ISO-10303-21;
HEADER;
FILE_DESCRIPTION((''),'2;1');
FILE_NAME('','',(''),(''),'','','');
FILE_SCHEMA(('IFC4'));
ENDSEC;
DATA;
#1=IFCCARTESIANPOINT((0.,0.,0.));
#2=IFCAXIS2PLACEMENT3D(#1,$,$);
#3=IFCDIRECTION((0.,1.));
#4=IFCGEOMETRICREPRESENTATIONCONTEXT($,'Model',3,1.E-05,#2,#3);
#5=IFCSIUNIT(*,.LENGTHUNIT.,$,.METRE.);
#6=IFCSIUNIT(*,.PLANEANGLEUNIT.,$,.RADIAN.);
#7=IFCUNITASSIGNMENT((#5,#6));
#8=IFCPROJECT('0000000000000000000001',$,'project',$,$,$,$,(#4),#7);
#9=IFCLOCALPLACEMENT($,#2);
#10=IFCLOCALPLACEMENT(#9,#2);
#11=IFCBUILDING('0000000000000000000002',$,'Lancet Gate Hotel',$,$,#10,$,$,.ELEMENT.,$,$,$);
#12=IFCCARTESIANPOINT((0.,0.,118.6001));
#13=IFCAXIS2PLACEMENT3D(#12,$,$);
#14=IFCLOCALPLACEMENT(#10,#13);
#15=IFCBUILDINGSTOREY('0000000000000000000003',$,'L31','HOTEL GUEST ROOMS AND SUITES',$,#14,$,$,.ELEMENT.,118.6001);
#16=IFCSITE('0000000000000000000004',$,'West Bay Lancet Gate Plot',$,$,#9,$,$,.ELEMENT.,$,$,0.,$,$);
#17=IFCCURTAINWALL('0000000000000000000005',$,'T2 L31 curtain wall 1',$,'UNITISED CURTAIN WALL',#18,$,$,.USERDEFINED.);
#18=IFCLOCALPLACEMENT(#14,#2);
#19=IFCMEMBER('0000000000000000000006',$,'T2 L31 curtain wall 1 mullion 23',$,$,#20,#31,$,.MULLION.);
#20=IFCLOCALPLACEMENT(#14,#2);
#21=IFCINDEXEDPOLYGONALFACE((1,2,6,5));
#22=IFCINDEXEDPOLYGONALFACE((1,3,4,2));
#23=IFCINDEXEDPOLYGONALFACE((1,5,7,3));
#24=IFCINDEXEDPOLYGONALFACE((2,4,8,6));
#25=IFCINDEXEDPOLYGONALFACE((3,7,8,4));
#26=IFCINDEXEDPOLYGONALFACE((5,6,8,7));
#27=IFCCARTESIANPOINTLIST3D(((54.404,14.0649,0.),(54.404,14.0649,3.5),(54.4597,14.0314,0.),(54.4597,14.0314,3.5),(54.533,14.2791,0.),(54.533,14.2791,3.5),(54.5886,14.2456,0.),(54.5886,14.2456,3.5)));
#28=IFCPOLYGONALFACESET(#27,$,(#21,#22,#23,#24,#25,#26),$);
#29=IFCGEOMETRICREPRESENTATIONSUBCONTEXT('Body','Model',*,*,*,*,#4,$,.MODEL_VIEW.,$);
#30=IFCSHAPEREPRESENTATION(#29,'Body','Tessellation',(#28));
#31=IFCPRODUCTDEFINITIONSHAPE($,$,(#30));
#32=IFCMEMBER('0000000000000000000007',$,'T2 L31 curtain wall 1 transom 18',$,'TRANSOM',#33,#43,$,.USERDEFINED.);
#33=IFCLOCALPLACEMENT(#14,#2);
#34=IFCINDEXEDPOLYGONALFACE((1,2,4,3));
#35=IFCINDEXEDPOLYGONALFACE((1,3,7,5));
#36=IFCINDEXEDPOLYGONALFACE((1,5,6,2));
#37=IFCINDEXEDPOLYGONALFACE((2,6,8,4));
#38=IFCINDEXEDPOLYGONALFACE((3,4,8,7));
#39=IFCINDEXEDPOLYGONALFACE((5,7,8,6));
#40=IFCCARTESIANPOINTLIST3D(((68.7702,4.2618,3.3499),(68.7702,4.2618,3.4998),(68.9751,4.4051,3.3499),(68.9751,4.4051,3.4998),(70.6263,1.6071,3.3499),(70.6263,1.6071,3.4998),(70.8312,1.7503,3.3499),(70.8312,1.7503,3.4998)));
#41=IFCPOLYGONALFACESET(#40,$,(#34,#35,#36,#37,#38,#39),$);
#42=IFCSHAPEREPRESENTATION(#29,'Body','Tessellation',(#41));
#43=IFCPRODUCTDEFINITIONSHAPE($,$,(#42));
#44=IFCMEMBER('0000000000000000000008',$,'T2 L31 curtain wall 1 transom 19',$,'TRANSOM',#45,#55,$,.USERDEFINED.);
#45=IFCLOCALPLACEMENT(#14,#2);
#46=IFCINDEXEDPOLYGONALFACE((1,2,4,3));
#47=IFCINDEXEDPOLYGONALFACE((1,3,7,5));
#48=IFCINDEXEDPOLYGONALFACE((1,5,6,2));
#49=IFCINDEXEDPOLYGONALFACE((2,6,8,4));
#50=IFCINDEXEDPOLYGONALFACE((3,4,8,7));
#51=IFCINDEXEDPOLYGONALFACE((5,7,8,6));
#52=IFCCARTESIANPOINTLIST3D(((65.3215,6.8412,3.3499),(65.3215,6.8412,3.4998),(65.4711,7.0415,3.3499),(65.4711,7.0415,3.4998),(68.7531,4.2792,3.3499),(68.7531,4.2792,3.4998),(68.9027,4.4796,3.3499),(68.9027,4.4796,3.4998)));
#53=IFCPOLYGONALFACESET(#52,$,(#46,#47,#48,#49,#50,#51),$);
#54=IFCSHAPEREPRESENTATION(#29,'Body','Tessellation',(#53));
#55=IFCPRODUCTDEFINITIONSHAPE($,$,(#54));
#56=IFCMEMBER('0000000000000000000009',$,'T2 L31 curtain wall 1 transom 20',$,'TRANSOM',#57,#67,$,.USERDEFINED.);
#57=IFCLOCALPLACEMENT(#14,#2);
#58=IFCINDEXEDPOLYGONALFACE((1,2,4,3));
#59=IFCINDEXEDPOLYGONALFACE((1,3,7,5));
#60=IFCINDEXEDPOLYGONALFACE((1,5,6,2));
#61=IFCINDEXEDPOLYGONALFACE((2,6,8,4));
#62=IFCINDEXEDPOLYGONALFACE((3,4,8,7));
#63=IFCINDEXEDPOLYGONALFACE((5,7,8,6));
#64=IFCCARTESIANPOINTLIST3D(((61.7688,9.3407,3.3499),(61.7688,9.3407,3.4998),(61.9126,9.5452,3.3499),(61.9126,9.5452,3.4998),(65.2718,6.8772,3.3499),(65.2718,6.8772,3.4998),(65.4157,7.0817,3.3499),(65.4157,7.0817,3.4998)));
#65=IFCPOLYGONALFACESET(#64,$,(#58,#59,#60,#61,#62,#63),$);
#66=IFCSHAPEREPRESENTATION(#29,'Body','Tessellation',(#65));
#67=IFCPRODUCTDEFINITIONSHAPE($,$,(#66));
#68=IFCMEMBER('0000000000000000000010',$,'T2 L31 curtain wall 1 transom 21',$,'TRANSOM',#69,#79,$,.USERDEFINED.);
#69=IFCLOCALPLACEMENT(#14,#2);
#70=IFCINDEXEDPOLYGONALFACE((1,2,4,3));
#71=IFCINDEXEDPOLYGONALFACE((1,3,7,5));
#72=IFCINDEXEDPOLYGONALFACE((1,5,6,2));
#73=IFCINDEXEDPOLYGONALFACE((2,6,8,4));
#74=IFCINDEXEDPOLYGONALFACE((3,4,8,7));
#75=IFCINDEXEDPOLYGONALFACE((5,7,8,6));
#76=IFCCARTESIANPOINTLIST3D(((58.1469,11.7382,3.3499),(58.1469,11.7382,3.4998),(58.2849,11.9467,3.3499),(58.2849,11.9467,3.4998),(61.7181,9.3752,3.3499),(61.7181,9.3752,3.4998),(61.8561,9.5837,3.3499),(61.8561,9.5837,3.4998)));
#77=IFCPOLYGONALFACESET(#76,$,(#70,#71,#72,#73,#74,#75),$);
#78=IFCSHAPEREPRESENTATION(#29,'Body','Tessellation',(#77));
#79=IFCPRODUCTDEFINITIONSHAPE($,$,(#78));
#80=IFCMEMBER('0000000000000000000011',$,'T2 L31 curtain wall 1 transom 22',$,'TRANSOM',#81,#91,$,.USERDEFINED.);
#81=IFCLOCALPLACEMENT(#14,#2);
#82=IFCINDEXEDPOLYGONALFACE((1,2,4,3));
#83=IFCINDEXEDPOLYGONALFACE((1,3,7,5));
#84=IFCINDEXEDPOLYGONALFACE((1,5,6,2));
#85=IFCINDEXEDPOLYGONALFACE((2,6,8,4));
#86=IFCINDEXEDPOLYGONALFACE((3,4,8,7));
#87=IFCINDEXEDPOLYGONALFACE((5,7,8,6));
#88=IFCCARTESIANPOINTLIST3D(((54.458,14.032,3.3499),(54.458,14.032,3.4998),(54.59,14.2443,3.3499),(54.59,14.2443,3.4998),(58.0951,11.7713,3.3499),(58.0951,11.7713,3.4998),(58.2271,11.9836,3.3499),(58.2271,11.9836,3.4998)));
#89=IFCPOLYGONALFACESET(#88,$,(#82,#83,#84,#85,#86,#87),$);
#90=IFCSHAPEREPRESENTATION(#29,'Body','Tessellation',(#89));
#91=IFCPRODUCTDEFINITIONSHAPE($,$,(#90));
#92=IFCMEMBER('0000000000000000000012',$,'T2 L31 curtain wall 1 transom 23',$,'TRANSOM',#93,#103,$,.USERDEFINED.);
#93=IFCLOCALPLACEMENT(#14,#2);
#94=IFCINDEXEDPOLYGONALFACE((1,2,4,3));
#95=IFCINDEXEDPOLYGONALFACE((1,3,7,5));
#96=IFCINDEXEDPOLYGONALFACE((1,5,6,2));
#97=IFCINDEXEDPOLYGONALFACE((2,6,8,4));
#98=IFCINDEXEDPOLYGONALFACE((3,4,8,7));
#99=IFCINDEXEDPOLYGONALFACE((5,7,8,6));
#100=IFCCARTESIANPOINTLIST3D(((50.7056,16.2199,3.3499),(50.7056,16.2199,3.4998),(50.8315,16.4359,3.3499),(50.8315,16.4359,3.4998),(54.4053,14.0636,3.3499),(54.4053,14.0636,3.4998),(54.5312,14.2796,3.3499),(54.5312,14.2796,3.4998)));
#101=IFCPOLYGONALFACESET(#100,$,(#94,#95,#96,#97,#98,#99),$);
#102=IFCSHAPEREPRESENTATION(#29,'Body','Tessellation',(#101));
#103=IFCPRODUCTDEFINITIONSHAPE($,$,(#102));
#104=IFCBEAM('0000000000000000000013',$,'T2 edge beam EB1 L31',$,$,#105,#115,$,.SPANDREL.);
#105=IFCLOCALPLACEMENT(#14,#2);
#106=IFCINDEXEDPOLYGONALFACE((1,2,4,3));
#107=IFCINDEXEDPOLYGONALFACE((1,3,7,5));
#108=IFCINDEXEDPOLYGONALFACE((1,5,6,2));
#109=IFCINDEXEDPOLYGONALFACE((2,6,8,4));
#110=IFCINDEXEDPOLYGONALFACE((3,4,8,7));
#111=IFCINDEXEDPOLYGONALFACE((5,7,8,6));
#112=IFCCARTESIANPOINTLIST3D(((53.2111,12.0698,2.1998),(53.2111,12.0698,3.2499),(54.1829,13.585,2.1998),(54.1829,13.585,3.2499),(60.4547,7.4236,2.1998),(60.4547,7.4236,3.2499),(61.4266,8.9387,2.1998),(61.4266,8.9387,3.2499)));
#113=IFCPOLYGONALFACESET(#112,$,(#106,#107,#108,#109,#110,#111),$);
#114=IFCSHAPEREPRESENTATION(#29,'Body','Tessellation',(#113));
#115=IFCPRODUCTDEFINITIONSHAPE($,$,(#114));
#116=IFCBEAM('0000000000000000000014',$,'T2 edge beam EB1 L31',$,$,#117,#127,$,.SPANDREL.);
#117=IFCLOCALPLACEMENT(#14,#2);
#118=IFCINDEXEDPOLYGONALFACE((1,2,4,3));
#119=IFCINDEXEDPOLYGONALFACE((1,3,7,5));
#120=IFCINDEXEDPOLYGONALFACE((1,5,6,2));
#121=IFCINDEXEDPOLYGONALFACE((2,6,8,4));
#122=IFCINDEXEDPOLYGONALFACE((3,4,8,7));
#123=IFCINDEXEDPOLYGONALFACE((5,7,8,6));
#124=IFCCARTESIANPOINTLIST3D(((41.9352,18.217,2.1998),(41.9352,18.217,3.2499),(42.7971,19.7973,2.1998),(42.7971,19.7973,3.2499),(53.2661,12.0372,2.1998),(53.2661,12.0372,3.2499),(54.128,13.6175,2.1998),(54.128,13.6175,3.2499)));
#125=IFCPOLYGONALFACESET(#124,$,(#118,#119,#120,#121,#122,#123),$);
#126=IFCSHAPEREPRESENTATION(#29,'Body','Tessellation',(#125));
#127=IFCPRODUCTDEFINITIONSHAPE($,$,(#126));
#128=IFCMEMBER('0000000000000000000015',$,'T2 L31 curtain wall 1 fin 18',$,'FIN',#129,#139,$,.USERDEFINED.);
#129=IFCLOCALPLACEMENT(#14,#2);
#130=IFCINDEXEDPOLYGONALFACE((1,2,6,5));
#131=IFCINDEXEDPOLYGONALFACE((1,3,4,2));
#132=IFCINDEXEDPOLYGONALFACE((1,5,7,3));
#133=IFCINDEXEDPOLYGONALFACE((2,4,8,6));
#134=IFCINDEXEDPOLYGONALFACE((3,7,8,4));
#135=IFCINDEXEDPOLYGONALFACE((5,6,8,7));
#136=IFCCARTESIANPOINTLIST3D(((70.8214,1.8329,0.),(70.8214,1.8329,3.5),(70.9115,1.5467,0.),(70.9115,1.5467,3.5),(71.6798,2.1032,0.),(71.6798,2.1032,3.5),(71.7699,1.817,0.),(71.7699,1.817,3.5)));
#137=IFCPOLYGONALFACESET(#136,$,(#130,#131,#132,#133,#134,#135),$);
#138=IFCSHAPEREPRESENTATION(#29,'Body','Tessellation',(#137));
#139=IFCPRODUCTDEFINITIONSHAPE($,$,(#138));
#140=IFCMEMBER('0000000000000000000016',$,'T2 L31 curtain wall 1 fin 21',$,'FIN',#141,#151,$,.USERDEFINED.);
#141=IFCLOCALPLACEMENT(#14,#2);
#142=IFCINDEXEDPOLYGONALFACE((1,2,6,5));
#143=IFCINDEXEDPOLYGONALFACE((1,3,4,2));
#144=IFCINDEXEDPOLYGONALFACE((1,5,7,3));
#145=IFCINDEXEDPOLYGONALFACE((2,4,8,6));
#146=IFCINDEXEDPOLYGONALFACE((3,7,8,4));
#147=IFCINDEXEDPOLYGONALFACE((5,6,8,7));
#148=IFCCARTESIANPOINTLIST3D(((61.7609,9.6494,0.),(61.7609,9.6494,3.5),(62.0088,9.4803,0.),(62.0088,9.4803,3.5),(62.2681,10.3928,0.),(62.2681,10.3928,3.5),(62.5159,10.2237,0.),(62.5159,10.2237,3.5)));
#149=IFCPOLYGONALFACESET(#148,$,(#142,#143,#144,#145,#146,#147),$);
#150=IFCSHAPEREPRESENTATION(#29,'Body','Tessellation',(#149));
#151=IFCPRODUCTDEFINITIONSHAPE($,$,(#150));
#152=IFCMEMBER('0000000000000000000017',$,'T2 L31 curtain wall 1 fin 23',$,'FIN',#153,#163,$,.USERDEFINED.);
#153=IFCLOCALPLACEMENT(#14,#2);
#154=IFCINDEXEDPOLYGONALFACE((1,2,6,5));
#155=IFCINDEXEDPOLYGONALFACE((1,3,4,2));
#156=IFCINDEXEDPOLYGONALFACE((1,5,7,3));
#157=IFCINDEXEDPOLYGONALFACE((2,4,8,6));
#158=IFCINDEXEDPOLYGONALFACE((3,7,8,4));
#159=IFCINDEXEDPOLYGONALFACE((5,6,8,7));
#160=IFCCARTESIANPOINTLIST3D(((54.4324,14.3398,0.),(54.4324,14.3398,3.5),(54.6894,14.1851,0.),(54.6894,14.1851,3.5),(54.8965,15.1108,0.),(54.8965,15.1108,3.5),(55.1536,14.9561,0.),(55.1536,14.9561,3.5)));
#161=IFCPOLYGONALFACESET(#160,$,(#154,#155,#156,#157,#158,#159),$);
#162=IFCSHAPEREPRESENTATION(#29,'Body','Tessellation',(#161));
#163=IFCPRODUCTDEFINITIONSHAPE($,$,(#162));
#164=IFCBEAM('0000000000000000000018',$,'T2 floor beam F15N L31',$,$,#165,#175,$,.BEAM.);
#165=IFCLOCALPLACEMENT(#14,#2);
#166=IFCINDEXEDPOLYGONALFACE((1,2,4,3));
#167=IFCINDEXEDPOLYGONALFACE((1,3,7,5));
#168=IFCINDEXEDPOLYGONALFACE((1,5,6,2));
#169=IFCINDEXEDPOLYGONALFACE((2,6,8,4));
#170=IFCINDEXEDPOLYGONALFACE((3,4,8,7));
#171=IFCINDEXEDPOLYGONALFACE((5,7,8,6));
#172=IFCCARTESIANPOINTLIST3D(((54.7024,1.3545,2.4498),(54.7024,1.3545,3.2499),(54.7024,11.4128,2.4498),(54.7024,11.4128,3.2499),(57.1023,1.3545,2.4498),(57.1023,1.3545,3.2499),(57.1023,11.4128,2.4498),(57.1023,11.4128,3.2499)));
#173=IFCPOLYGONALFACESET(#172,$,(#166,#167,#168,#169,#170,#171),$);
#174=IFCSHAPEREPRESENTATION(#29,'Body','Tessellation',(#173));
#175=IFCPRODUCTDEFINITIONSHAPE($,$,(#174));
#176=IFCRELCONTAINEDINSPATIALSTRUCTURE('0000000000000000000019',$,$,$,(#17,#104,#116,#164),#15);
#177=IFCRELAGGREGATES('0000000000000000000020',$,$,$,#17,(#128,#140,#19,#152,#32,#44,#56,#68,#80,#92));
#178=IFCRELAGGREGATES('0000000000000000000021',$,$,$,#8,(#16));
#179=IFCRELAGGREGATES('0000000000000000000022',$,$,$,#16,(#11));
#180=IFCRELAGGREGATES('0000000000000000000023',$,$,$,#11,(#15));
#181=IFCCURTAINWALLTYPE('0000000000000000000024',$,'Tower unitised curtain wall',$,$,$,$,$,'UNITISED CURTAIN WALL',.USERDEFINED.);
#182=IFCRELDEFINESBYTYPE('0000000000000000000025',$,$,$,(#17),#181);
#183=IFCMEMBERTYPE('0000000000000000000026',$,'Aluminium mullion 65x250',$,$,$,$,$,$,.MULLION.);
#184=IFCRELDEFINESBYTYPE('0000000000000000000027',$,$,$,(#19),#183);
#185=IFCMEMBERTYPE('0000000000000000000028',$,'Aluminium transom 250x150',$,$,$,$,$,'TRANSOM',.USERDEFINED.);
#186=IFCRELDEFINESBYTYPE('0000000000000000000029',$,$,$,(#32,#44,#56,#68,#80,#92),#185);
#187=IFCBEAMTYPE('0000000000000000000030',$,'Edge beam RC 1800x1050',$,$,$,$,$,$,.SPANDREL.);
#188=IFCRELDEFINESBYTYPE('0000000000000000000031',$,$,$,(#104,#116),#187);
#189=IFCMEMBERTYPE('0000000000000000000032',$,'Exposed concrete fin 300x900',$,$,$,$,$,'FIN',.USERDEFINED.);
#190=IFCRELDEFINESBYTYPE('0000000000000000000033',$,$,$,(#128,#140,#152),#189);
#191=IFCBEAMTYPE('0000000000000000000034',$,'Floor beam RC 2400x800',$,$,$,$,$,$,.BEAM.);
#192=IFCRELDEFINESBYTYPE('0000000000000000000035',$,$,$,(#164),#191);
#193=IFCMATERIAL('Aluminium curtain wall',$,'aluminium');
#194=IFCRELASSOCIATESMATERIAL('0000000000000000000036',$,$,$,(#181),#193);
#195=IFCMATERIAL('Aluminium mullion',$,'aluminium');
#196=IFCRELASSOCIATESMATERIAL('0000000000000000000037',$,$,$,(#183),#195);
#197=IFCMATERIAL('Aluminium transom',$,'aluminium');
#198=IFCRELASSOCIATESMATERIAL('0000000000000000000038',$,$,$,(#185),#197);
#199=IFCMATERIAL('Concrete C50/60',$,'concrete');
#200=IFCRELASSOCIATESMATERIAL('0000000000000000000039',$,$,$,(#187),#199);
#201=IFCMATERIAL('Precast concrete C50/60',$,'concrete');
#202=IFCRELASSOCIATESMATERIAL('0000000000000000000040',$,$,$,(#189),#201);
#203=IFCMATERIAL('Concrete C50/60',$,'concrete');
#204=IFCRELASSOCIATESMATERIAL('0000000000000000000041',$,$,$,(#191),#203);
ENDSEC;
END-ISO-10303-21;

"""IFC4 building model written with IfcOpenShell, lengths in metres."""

from ifc_helpers import new_model, si_unit, direction, frame, origin, origin_2d, place, context, subcontext, project, spatial, rectangle, extrude, material, material_profile, profile_set, type_object, element, aggregate, save


model = new_model("IFC4")

# Units and contexts
model_context = context("Model", 3, precision=1e-05, world=origin(), true_north=direction((0.0, 1.0)))
body_context = subcontext(model_context, "Body", "Model", "MODEL_VIEW")
ifc_project = project(units=[si_unit("LENGTHUNIT", "METRE"), si_unit("PLANEANGLEUNIT", "RADIAN")], contexts=[model_context])

# Site, building, storey
site_placement = place(None, origin())
site = spatial("IfcSite", under=ifc_project, at=site_placement, Name="West Bay Lancet Gate Plot", CompositionType="ELEMENT", RefElevation=0.0)
building_placement = place(site_placement, origin())
building = spatial("IfcBuilding", under=site, at=building_placement, Name="Lancet Gate Hotel", CompositionType="ELEMENT")
storey_placement = place(building_placement, frame((0.0, 0.0, 118.6001)))
storey = spatial("IfcBuildingStorey", under=building, at=storey_placement, Name="L31", Description="HOTEL GUEST ROOMS AND SUITES", CompositionType="ELEMENT", Elevation=118.6001)

# Curtain wall, members
ifc_material_1 = material(Name="Aluminium curtain wall", Category="aluminium")
curtain_wall_type = type_object("IfcCurtainWallType", Name="Tower unitised curtain wall", ElementType="UNITISED CURTAIN WALL", PredefinedType="USERDEFINED", material=ifc_material_1)
curtain_wall_placement = place(storey_placement, origin())
curtain_wall = element("IfcCurtainWall", 1, at=curtain_wall_placement, inside=storey, type_object=curtain_wall_type, Name="T2 L31 curtain wall 1", ObjectType="UNITISED CURTAIN WALL", PredefinedType="USERDEFINED")
ifc_material_2 = material(Name="Aluminium mullion", Category="aluminium")
ifc_material_profile_1 = material_profile(ifc_material_2, rectangle(XDim=0.0649, YDim=0.25, at=origin_2d()), Name="MULLION 65x250")
ifc_profile_set_1 = profile_set([ifc_material_profile_1], Name="Aluminium mullion")
member_type_1 = type_object("IfcMemberType", Name="Aluminium mullion 65x250", PredefinedType="MULLION", material=ifc_profile_set_1)
member_1_placement = place(storey_placement, frame((54.4963, 14.1553, 0.0), z_axis=(0.0, 0.0, 1.0), x_axis=(-0.856728, 0.515768, 0.0)))
member_1 = element("IfcMember", 2, at=member_1_placement, type_object=member_type_1, Name="T2 L31 curtain wall 1 mullion 23", PredefinedType="MULLION", context=body_context, shape_type="SweptSolid", body=[
    extrude(rectangle(XDim=0.0649, YDim=0.25, at=origin_2d()), origin(), (0.0, 0.0, 1.0), 3.5),
])
ifc_material_3 = material(Name="Aluminium transom", Category="aluminium")
ifc_material_profile_2 = material_profile(ifc_material_3, rectangle(XDim=0.25, YDim=0.1499, at=origin_2d()), Name="TRANSOM 250x150")
ifc_profile_set_2 = profile_set([ifc_material_profile_2], Name="Aluminium transom")
member_type_2 = type_object("IfcMemberType", Name="Aluminium transom 250x150", ElementType="TRANSOM", PredefinedType="USERDEFINED", material=ifc_profile_set_2)
member_2_placement = place(storey_placement, frame((70.7288, 1.6787, 3.4248), z_axis=(-0.573017, 0.819543, 0.0), x_axis=(-0.819543, -0.573017, 0.0)))
member_2 = element("IfcMember", 3, at=member_2_placement, type_object=member_type_2, Name="T2 L31 curtain wall 1 transom 18", ObjectType="TRANSOM", PredefinedType="USERDEFINED", context=body_context, shape_type="SweptSolid", body=[
    extrude(rectangle(XDim=0.25, YDim=0.1499, at=origin_2d()), origin(), (0.0, 0.0, 1.0), 3.2393),
])
member_3_placement = place(storey_placement, frame((68.8279, 4.3794, 3.4248), z_axis=(-0.801312, 0.598247, 0.0), x_axis=(-0.598247, -0.801312, 0.0)))
member_3 = element("IfcMember", 4, at=member_3_placement, type_object=member_type_2, Name="T2 L31 curtain wall 1 transom 19", ObjectType="TRANSOM", PredefinedType="USERDEFINED", context=body_context, shape_type="SweptSolid", body=[
    extrude(rectangle(XDim=0.25, YDim=0.1499, at=origin_2d()), origin(), (0.0, 0.0, 1.0), 4.2825),
])
member_4_placement = place(storey_placement, frame((65.3438, 6.9795, 3.4248), z_axis=(-0.817987, 0.575236, 0.0), x_axis=(-0.575236, -0.817987, 0.0)))
member_4 = element("IfcMember", 5, at=member_4_placement, type_object=member_type_2, Name="T2 L31 curtain wall 1 transom 20", ObjectType="TRANSOM", PredefinedType="USERDEFINED", context=body_context, shape_type="SweptSolid", body=[
    extrude(rectangle(XDim=0.25, YDim=0.1499, at=origin_2d()), origin(), (0.0, 0.0, 1.0), 4.2825),
])
member_5_placement = place(storey_placement, frame((61.7871, 9.4795, 3.4248), z_axis=(-0.833966, 0.551816, 0.0), x_axis=(-0.551816, -0.833966, 0.0)))
member_5 = element("IfcMember", 6, at=member_5_placement, type_object=member_type_2, Name="T2 L31 curtain wall 1 transom 21", ObjectType="TRANSOM", PredefinedType="USERDEFINED", context=body_context, shape_type="SweptSolid", body=[
    extrude(rectangle(XDim=0.25, YDim=0.1499, at=origin_2d()), origin(), (0.0, 0.0, 1.0), 4.2822),
])
member_6_placement = place(storey_placement, frame((58.1611, 11.8774, 3.4248), z_axis=(-0.849309, 0.527896, 0.0), x_axis=(-0.527896, -0.849309, 0.0)))
member_6 = element("IfcMember", 7, at=member_6_placement, type_object=member_type_2, Name="T2 L31 curtain wall 1 transom 22", ObjectType="TRANSOM", PredefinedType="USERDEFINED", context=body_context, shape_type="SweptSolid", body=[
    extrude(rectangle(XDim=0.25, YDim=0.1499, at=origin_2d()), origin(), (0.0, 0.0, 1.0), 4.2825),
])
member_7_placement = place(storey_placement, frame((54.4683, 14.1716, 3.4248), z_axis=(-0.863973, 0.503538, 0.0), x_axis=(-0.503538, -0.863973, 0.0)))
member_7 = element("IfcMember", 8, at=member_7_placement, type_object=member_type_2, Name="T2 L31 curtain wall 1 transom 23", ObjectType="TRANSOM", PredefinedType="USERDEFINED", context=body_context, shape_type="SweptSolid", body=[
    extrude(rectangle(XDim=0.25, YDim=0.1499, at=origin_2d()), origin(), (0.0, 0.0, 1.0), 4.2822),
])

# Beams
ifc_material_4 = material(Name="Concrete C50/60", Category="concrete")
ifc_material_profile_3 = material_profile(ifc_material_4, rectangle(XDim=1.8, YDim=1.05, at=origin_2d()), Name="RC 1800x1050")
ifc_profile_set_3 = profile_set([ifc_material_profile_3], Name="Concrete C50/60")
beam_type_1 = type_object("IfcBeamType", Name="Edge beam RC 1800x1050", PredefinedType="SPANDREL", material=ifc_profile_set_3)
beam_1_placement = place(storey_placement, frame((60.9407, 8.1812, 2.7249), z_axis=(-0.841727, 0.539903, 0.0), x_axis=(-0.539903, -0.841727, 0.0)))
element("IfcBeam", 9, at=beam_1_placement, inside=storey, type_object=beam_type_1, Name="T2 edge beam EB1 L31", PredefinedType="SPANDREL", context=body_context, shape_type="SweptSolid", body=[
    extrude(rectangle(XDim=1.8, YDim=1.05, at=origin_2d()), origin(), (0.0, 0.0, 1.0), 8.6057),
])
beam_2_placement = place(storey_placement, frame((53.697, 12.8274, 2.7249), z_axis=(-0.87792, 0.478807, 0.0), x_axis=(-0.478807, -0.87792, 0.0)))
element("IfcBeam", 10, at=beam_2_placement, inside=storey, type_object=beam_type_1, Name="T2 edge beam EB1 L31", PredefinedType="SPANDREL", context=body_context, shape_type="SweptSolid", body=[
    extrude(rectangle(XDim=1.8, YDim=1.05, at=origin_2d()), origin(), (0.0, 0.0, 1.0), 12.9065),
])

# Members
ifc_material_5 = material(Name="Precast concrete C50/60", Category="concrete")
ifc_material_profile_4 = material_profile(ifc_material_5, rectangle(XDim=0.3, YDim=0.8999, at=origin_2d()), Name="FIN 300x900")
ifc_profile_set_4 = profile_set([ifc_material_profile_4], Name="Precast concrete C50/60")
member_type_3 = type_object("IfcMemberType", Name="Exposed concrete fin 300x900", ElementType="FIN", PredefinedType="USERDEFINED", material=ifc_profile_set_4)
member_8_placement = place(storey_placement, frame((71.2957, 1.825, 0.0), z_axis=(0.0, 0.0, 1.0), x_axis=(-0.300385, 0.953818, 0.0)))
member_8 = element("IfcMember", 11, at=member_8_placement, type_object=member_type_3, Name="T2 L31 curtain wall 1 fin 18", ObjectType="FIN", PredefinedType="USERDEFINED", context=body_context, shape_type="SweptSolid", body=[
    extrude(rectangle(XDim=0.3, YDim=0.8999, at=origin_2d()), origin(), (0.0, 0.0, 1.0), 3.5),
])
member_9_placement = place(storey_placement, frame((62.1384, 9.9365, 0.0), z_axis=(0.0, 0.0, 1.0), x_axis=(-0.826066, 0.563574, 0.0)))
member_9 = element("IfcMember", 12, at=member_9_placement, type_object=member_type_3, Name="T2 L31 curtain wall 1 fin 21", ObjectType="FIN", PredefinedType="USERDEFINED", context=body_context, shape_type="SweptSolid", body=[
    extrude(rectangle(XDim=0.3, YDim=0.8999, at=origin_2d()), origin(), (0.0, 0.0, 1.0), 3.5),
])
member_10_placement = place(storey_placement, frame((54.793, 14.6479, 0.0), z_axis=(0.0, 0.0, 1.0), x_axis=(-0.856728, 0.515768, 0.0)))
member_10 = element("IfcMember", 13, at=member_10_placement, type_object=member_type_3, Name="T2 L31 curtain wall 1 fin 23", ObjectType="FIN", PredefinedType="USERDEFINED", context=body_context, shape_type="SweptSolid", body=[
    extrude(rectangle(XDim=0.3, YDim=0.8999, at=origin_2d()), origin(), (0.0, 0.0, 1.0), 3.5),
])

# Beam
ifc_material_6 = material(Name="Concrete C50/60", Category="concrete")
ifc_material_profile_5 = material_profile(ifc_material_6, rectangle(XDim=2.3999, YDim=0.8, at=origin_2d()), Name="RC 2400x800")
ifc_profile_set_5 = profile_set([ifc_material_profile_5], Name="Concrete C50/60")
beam_type_2 = type_object("IfcBeamType", Name="Floor beam RC 2400x800", PredefinedType="BEAM", material=ifc_profile_set_5)
beam_3_placement = place(storey_placement, frame((55.9023, 1.3545, 2.8499), z_axis=(0.0, 1.0, 0.0), x_axis=(-1.0, 0.0, 0.0)))
element("IfcBeam", 14, at=beam_3_placement, inside=storey, type_object=beam_type_2, Name="T2 floor beam F15N L31", PredefinedType="BEAM", context=body_context, shape_type="SweptSolid", body=[
    extrude(rectangle(XDim=2.3999, YDim=0.8, at=origin_2d()), origin(), (0.0, 0.0, 1.0), 10.0583),
])

aggregate(curtain_wall, [member_8, member_9, member_1, member_10, member_2, member_3, member_4, member_5, member_6, member_7])

save(model, "model.ifc")
